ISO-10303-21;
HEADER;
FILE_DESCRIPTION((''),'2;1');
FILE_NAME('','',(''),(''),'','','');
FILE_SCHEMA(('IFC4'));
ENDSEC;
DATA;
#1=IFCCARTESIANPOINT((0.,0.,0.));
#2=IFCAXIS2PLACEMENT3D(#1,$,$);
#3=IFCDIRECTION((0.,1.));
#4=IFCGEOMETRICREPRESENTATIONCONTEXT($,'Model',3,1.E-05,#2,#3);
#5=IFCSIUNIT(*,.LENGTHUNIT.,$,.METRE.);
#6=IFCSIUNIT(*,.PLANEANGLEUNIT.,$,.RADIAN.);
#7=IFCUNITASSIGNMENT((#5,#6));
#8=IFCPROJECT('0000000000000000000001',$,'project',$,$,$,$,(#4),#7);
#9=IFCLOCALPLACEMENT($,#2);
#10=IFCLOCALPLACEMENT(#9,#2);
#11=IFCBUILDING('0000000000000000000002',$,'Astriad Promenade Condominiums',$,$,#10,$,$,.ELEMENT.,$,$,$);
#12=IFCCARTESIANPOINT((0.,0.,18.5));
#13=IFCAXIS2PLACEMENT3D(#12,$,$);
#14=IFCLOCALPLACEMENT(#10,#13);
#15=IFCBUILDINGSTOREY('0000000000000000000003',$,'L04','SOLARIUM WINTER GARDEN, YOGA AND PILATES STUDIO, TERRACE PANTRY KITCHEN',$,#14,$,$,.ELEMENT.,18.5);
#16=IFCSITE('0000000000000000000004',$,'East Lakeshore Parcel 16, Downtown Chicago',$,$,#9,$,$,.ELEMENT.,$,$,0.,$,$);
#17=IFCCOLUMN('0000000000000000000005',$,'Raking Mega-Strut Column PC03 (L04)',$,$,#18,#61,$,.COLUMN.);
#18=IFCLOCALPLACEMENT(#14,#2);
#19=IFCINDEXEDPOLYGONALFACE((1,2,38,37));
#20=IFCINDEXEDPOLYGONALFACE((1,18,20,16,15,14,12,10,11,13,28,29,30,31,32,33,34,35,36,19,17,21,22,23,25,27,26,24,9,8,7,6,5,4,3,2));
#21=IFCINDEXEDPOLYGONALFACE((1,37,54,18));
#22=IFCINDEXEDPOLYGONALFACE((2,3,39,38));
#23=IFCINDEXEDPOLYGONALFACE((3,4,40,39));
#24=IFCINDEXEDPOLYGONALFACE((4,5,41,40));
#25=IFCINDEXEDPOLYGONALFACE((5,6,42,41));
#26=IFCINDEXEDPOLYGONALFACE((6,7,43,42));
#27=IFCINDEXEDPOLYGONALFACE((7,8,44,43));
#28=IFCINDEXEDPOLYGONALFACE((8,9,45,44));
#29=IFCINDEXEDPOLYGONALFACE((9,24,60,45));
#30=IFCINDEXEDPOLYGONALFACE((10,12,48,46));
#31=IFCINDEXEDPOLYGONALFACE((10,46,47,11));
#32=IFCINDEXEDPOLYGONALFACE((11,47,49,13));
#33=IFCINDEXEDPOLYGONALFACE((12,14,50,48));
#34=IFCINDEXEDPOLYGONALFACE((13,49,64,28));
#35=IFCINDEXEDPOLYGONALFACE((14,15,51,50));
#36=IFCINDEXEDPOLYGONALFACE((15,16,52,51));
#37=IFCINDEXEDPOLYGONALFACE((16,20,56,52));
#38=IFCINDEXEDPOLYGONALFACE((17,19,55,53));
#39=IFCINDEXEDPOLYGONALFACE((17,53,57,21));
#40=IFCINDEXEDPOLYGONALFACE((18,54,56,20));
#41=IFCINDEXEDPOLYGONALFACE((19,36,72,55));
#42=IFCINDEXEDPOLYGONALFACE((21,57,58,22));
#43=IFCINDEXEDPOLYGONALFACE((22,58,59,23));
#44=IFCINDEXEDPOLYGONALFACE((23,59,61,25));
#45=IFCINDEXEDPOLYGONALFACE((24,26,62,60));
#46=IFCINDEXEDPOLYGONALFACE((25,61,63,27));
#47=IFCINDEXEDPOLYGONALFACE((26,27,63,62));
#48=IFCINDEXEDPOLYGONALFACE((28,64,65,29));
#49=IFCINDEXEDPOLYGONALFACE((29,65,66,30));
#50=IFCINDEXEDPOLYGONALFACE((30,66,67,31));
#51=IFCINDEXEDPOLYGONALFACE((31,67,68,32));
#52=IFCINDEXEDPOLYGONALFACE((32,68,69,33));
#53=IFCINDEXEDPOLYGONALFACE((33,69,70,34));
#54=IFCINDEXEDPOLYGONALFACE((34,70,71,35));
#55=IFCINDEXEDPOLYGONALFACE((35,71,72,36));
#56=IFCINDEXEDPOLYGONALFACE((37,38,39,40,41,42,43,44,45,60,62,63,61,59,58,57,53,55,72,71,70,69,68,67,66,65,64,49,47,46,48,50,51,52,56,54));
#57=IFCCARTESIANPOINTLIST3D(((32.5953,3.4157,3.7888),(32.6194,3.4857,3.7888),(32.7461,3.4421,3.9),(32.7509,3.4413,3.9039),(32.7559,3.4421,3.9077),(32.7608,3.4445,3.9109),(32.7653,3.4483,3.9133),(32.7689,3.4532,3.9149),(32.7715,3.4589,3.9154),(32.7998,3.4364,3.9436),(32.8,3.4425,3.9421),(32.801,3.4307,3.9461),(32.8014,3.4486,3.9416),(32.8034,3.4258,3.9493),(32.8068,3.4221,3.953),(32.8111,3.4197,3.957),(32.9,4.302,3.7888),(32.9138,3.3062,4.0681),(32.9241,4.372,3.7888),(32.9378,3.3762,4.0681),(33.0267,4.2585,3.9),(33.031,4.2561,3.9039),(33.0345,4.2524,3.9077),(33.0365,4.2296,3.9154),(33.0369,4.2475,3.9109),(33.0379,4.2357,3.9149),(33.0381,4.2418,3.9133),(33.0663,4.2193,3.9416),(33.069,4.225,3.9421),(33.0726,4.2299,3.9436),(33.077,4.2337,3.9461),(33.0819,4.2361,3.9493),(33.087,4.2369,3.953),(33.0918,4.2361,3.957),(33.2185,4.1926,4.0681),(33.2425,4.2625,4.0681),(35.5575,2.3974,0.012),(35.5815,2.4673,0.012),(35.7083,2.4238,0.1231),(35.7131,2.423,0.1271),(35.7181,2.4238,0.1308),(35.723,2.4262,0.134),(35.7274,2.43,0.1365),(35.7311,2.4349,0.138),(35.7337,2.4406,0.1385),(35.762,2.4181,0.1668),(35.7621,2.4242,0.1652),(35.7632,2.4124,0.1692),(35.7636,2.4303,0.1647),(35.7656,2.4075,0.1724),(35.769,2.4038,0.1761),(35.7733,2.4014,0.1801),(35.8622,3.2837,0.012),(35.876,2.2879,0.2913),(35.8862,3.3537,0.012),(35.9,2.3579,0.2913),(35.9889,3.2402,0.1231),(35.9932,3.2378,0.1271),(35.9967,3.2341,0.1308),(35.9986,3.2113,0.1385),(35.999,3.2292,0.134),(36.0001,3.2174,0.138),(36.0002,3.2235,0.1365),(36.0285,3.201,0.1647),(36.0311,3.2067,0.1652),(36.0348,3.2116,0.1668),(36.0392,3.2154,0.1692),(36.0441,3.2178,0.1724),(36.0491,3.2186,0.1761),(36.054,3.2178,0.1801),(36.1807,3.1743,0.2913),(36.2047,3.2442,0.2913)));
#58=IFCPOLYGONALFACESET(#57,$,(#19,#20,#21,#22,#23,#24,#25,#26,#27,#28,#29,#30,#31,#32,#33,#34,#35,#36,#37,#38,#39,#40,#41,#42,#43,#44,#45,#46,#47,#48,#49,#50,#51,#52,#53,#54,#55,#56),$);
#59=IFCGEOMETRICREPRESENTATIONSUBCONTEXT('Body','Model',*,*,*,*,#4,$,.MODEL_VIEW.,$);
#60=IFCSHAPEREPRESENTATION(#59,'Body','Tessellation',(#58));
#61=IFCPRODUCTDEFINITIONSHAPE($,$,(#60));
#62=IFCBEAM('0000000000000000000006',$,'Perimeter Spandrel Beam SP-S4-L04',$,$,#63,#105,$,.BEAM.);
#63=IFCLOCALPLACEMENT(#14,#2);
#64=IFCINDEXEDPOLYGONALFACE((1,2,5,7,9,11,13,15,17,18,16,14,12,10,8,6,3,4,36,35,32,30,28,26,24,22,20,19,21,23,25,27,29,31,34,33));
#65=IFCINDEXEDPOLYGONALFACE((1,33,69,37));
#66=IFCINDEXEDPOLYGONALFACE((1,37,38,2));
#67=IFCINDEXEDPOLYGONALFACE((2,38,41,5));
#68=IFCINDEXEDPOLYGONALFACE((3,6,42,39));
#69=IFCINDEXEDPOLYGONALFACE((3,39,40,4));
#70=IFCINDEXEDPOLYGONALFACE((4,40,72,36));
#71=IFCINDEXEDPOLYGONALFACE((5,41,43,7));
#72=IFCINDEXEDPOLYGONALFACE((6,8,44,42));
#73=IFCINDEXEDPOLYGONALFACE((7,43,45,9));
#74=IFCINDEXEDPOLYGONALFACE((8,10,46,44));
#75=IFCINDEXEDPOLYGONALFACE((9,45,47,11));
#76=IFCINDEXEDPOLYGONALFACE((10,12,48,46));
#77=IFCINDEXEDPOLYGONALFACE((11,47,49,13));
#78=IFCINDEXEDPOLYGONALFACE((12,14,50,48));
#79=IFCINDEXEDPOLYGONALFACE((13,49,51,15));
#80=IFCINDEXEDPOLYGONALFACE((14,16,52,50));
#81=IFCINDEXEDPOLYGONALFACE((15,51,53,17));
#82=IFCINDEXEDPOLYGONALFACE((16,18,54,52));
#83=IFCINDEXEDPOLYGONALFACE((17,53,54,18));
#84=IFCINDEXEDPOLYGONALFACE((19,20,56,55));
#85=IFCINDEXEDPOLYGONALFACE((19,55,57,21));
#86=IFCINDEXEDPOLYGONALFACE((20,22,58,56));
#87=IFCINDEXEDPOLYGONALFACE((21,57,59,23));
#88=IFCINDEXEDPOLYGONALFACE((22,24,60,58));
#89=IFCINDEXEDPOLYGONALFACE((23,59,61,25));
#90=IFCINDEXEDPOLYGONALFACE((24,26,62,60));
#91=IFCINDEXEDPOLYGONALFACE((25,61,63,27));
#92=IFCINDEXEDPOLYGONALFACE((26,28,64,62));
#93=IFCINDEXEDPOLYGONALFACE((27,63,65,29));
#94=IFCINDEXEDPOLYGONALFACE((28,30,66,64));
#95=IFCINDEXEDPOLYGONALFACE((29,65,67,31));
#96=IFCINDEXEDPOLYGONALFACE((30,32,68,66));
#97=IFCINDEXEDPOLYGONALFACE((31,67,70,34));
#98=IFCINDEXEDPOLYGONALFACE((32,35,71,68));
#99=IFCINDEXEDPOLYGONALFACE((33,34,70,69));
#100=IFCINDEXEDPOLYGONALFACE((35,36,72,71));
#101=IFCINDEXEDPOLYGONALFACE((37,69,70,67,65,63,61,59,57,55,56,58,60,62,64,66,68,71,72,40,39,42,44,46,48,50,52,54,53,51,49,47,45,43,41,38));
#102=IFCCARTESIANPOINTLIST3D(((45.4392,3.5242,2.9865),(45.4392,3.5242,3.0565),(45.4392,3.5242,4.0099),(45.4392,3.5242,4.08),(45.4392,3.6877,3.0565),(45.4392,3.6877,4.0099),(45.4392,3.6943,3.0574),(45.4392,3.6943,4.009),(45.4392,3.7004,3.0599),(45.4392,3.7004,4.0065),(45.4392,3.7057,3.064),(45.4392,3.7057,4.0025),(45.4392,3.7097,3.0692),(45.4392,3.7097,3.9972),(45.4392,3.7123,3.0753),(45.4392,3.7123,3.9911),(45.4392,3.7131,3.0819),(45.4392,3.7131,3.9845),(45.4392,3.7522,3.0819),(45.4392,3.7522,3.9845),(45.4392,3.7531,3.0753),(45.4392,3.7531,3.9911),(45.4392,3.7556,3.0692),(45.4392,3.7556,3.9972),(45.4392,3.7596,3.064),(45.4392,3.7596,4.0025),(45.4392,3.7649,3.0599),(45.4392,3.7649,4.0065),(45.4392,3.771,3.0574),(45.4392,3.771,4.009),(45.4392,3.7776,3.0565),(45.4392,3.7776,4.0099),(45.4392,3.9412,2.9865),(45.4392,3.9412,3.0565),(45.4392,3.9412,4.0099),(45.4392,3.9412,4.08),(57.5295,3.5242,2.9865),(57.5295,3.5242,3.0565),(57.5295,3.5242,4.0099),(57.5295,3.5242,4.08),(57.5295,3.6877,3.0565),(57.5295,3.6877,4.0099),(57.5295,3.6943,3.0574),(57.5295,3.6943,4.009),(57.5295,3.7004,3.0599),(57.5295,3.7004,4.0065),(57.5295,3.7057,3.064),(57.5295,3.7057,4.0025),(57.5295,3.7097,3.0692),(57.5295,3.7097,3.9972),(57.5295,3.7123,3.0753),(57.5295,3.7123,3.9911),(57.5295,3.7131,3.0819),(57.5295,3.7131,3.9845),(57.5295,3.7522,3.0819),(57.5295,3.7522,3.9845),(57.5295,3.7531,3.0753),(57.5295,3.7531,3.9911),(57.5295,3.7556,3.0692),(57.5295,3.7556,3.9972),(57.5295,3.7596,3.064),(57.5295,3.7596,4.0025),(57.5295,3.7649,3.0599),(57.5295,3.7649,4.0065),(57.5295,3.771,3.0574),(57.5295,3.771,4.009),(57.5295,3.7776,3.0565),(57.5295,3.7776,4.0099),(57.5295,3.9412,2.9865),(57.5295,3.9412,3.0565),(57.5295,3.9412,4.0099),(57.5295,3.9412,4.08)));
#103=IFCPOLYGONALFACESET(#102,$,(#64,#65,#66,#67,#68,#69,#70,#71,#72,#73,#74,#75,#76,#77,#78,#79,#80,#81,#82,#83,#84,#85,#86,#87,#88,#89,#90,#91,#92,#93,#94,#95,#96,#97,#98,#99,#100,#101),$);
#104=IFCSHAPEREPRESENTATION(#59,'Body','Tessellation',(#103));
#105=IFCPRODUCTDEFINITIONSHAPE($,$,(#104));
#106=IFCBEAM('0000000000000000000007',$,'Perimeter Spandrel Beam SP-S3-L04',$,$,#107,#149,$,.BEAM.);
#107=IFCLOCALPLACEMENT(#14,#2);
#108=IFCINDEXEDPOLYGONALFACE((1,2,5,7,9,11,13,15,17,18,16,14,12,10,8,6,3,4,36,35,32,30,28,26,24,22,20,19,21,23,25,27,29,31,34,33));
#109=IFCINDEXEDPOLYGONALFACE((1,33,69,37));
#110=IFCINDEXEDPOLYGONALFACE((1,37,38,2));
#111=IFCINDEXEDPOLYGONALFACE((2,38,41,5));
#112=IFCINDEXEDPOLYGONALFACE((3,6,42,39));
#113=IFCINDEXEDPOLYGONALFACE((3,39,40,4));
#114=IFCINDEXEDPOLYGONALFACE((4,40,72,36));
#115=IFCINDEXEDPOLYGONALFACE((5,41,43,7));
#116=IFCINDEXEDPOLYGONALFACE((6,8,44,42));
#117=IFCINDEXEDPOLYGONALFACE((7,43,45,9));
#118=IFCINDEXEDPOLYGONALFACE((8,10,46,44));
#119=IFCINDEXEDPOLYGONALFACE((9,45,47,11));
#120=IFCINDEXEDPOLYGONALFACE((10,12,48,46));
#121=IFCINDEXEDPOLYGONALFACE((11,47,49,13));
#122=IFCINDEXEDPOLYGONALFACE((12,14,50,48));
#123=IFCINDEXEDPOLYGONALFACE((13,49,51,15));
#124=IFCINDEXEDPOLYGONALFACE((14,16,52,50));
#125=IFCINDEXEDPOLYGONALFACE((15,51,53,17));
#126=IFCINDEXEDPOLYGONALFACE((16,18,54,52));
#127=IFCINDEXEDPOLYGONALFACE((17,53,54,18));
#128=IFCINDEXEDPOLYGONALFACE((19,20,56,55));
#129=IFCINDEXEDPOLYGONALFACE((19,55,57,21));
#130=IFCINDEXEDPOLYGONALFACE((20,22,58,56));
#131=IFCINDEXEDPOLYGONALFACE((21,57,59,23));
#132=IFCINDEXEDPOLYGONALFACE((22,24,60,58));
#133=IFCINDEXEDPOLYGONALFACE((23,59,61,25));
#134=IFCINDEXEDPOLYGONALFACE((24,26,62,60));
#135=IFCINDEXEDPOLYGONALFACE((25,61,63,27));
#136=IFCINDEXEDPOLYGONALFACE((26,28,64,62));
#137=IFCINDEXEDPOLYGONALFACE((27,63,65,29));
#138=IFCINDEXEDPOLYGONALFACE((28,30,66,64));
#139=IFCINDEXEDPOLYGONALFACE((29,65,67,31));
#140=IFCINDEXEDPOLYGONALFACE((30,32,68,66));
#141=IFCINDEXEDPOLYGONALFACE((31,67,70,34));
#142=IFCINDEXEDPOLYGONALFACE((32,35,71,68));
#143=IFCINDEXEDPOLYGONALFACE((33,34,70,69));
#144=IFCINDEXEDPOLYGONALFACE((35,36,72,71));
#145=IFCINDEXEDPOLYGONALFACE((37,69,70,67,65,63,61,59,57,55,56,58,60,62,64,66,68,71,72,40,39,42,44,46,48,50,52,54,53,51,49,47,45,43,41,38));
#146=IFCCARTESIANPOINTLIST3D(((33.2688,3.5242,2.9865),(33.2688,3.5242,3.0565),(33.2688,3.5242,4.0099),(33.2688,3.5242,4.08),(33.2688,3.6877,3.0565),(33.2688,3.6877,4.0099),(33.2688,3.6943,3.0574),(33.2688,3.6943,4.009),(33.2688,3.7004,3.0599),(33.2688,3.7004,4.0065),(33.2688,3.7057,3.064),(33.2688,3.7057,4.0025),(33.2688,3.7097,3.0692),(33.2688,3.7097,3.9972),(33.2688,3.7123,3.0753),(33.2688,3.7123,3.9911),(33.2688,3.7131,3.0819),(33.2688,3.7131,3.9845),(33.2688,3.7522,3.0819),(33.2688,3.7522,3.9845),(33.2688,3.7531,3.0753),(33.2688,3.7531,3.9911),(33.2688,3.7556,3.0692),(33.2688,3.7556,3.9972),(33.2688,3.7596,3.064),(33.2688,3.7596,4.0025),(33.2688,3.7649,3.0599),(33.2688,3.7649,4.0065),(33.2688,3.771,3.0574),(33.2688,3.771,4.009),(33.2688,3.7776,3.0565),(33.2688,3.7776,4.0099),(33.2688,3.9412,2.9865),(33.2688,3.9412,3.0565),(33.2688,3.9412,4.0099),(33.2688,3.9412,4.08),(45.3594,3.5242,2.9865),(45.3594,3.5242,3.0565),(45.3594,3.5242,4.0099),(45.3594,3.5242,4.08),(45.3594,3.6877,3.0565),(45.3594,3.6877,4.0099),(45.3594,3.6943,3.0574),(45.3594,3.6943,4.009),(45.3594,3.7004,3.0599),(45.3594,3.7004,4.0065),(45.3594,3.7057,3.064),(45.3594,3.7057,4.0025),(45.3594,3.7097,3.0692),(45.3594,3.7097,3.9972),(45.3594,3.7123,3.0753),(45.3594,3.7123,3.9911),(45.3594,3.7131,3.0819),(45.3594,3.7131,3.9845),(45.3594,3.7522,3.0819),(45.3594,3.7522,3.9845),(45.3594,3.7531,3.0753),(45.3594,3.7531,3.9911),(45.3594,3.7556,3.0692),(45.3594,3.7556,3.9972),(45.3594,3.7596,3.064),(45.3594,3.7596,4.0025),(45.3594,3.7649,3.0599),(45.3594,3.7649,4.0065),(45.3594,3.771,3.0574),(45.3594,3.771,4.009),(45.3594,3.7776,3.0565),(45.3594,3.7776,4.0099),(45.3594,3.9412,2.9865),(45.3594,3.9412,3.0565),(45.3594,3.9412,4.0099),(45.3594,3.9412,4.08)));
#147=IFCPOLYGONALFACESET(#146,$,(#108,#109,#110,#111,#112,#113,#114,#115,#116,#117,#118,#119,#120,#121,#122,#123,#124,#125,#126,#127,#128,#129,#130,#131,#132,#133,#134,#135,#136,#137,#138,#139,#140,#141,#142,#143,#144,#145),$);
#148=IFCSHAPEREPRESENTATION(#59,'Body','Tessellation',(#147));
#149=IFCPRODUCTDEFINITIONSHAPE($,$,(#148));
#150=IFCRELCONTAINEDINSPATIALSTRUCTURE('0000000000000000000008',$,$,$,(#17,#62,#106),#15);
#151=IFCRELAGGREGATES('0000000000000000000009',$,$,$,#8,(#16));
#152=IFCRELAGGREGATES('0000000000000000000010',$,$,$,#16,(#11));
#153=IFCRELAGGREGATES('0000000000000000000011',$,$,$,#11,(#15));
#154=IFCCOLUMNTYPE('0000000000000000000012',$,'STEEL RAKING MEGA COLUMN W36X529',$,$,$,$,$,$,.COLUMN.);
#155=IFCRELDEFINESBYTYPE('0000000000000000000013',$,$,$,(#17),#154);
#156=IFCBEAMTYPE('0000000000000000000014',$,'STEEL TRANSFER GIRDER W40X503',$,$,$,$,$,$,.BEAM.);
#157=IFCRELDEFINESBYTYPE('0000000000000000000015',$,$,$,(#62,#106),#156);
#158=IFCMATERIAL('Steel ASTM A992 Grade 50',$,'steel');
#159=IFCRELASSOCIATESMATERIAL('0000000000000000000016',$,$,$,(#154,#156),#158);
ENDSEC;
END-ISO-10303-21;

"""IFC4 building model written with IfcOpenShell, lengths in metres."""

from ifc_helpers import new_model, si_unit, direction, frame, origin, origin_2d, place, context, subcontext, project, spatial, i_section, extrude, source, transform, mapped, material, material_profile, profile_set, type_object, type_shapes, element, save


model = new_model("IFC4")

# Units and contexts
model_context = context("Model", 3, precision=1e-05, world=origin(), true_north=direction((0.0, 1.0)))
body_context = subcontext(model_context, "Body", "Model", "MODEL_VIEW")
ifc_project = project(units=[si_unit("LENGTHUNIT", "METRE"), si_unit("PLANEANGLEUNIT", "RADIAN")], contexts=[model_context])

# Site, building, storey
site_placement = place(None, origin())
site = spatial("IfcSite", under=ifc_project, at=site_placement, Name="East Lakeshore Parcel 16, Downtown Chicago", CompositionType="ELEMENT", RefElevation=0.0)
building_placement = place(site_placement, origin())
building = spatial("IfcBuilding", under=site, at=building_placement, Name="Astriad Promenade Condominiums", CompositionType="ELEMENT")
storey_placement = place(building_placement, frame((0.0, 0.0, 18.5)))
storey = spatial("IfcBuildingStorey", under=building, at=storey_placement, Name="L04", Description="SOLARIUM WINTER GARDEN, YOGA AND PILATES STUDIO, TERRACE PANTRY KITCHEN", CompositionType="ELEMENT", Elevation=18.5)

# Column
ifc_material_1 = material(Name="Steel ASTM A992 Grade 50", Category="steel")
ifc_material_profile_1 = material_profile(ifc_material_1, i_section(OverallWidth=0.4375, OverallDepth=1.0112, WebThickness=0.041, FlangeThickness=0.074, FilletRadius=0.0242, at=origin_2d()), Name="W36X529")
ifc_profile_set_1 = profile_set([ifc_material_profile_1], Name="Steel ASTM A992 Grade 50")
column_type = type_object("IfcColumnType", Name="STEEL RAKING MEGA COLUMN W36X529", PredefinedType="COLUMN", material=ifc_profile_set_1)
shared_shape_1 = source(origin(), body_context, "Body", "SweptSolid", [
    extrude(i_section(OverallWidth=0.4375, OverallDepth=1.0112, WebThickness=0.041, FlangeThickness=0.074, FilletRadius=0.0242, at=origin_2d()), origin(), (0.0, 0.0, 1.0), 4.9067),
])
type_shapes(column_type, [shared_shape_1])
column_placement = place(storey_placement, frame((35.8811, 2.8208, 0.1516), z_axis=(-0.603693, 0.207534, 0.76973), x_axis=(0.727918, -0.250239, 0.63837)))
element("IfcColumn", 1, at=column_placement, inside=storey, type_object=column_type, Name="Raking Mega-Strut Column PC03 (L04)", PredefinedType="COLUMN", context=body_context, shape_type="MappedRepresentation", body=[
    mapped(shared_shape_1, transform((0.0, 0.0, 0.0), scale=1.0)),
])

# Beams
ifc_material_profile_2 = material_profile(ifc_material_1, i_section(OverallWidth=0.417, OverallDepth=1.0935, WebThickness=0.0391, FlangeThickness=0.0701, FilletRadius=0.0254, at=origin_2d()), Name="W40X503")
ifc_profile_set_2 = profile_set([ifc_material_profile_2], Name="Steel ASTM A992 Grade 50")
beam_type_1 = type_object("IfcBeamType", Name="STEEL TRANSFER GIRDER W40X503", PredefinedType="BEAM", material=ifc_profile_set_2)
shared_shape_2 = source(origin(), body_context, "Body", "SweptSolid", [
    extrude(i_section(OverallWidth=0.417, OverallDepth=1.0935, WebThickness=0.0391, FlangeThickness=0.0701, FilletRadius=0.0254, at=origin_2d()), origin(), (0.0, 0.0, 1.0), 12.0903),
])
beam_1_placement = place(storey_placement, frame((45.4392, 3.7327, 3.5332), z_axis=(1.0, 0.0, 0.0), x_axis=(0.0, 1.0, 0.0)))
element("IfcBeam", 2, at=beam_1_placement, inside=storey, type_object=beam_type_1, Name="Perimeter Spandrel Beam SP-S4-L04", PredefinedType="BEAM", context=body_context, shape_type="MappedRepresentation", body=[
    mapped(shared_shape_2, transform((0.0, 0.0, 0.0), scale=1.0)),
])
shared_shape_3 = source(origin(), body_context, "Body", "SweptSolid", [
    extrude(i_section(OverallWidth=0.417, OverallDepth=1.0935, WebThickness=0.0391, FlangeThickness=0.0701, FilletRadius=0.0254, at=origin_2d()), origin(), (0.0, 0.0, 1.0), 12.0906),
])
type_shapes(beam_type_1, [shared_shape_2, shared_shape_3])
beam_2_placement = place(storey_placement, frame((33.2688, 3.7327, 3.5332), z_axis=(1.0, 0.0, 0.0), x_axis=(0.0, 1.0, 0.0)))
element("IfcBeam", 3, at=beam_2_placement, inside=storey, type_object=beam_type_1, Name="Perimeter Spandrel Beam SP-S3-L04", PredefinedType="BEAM", context=body_context, shape_type="MappedRepresentation", body=[
    mapped(shared_shape_3, transform((0.0, 0.0, 0.0), scale=1.0)),
])

save(model, "model.ifc")
